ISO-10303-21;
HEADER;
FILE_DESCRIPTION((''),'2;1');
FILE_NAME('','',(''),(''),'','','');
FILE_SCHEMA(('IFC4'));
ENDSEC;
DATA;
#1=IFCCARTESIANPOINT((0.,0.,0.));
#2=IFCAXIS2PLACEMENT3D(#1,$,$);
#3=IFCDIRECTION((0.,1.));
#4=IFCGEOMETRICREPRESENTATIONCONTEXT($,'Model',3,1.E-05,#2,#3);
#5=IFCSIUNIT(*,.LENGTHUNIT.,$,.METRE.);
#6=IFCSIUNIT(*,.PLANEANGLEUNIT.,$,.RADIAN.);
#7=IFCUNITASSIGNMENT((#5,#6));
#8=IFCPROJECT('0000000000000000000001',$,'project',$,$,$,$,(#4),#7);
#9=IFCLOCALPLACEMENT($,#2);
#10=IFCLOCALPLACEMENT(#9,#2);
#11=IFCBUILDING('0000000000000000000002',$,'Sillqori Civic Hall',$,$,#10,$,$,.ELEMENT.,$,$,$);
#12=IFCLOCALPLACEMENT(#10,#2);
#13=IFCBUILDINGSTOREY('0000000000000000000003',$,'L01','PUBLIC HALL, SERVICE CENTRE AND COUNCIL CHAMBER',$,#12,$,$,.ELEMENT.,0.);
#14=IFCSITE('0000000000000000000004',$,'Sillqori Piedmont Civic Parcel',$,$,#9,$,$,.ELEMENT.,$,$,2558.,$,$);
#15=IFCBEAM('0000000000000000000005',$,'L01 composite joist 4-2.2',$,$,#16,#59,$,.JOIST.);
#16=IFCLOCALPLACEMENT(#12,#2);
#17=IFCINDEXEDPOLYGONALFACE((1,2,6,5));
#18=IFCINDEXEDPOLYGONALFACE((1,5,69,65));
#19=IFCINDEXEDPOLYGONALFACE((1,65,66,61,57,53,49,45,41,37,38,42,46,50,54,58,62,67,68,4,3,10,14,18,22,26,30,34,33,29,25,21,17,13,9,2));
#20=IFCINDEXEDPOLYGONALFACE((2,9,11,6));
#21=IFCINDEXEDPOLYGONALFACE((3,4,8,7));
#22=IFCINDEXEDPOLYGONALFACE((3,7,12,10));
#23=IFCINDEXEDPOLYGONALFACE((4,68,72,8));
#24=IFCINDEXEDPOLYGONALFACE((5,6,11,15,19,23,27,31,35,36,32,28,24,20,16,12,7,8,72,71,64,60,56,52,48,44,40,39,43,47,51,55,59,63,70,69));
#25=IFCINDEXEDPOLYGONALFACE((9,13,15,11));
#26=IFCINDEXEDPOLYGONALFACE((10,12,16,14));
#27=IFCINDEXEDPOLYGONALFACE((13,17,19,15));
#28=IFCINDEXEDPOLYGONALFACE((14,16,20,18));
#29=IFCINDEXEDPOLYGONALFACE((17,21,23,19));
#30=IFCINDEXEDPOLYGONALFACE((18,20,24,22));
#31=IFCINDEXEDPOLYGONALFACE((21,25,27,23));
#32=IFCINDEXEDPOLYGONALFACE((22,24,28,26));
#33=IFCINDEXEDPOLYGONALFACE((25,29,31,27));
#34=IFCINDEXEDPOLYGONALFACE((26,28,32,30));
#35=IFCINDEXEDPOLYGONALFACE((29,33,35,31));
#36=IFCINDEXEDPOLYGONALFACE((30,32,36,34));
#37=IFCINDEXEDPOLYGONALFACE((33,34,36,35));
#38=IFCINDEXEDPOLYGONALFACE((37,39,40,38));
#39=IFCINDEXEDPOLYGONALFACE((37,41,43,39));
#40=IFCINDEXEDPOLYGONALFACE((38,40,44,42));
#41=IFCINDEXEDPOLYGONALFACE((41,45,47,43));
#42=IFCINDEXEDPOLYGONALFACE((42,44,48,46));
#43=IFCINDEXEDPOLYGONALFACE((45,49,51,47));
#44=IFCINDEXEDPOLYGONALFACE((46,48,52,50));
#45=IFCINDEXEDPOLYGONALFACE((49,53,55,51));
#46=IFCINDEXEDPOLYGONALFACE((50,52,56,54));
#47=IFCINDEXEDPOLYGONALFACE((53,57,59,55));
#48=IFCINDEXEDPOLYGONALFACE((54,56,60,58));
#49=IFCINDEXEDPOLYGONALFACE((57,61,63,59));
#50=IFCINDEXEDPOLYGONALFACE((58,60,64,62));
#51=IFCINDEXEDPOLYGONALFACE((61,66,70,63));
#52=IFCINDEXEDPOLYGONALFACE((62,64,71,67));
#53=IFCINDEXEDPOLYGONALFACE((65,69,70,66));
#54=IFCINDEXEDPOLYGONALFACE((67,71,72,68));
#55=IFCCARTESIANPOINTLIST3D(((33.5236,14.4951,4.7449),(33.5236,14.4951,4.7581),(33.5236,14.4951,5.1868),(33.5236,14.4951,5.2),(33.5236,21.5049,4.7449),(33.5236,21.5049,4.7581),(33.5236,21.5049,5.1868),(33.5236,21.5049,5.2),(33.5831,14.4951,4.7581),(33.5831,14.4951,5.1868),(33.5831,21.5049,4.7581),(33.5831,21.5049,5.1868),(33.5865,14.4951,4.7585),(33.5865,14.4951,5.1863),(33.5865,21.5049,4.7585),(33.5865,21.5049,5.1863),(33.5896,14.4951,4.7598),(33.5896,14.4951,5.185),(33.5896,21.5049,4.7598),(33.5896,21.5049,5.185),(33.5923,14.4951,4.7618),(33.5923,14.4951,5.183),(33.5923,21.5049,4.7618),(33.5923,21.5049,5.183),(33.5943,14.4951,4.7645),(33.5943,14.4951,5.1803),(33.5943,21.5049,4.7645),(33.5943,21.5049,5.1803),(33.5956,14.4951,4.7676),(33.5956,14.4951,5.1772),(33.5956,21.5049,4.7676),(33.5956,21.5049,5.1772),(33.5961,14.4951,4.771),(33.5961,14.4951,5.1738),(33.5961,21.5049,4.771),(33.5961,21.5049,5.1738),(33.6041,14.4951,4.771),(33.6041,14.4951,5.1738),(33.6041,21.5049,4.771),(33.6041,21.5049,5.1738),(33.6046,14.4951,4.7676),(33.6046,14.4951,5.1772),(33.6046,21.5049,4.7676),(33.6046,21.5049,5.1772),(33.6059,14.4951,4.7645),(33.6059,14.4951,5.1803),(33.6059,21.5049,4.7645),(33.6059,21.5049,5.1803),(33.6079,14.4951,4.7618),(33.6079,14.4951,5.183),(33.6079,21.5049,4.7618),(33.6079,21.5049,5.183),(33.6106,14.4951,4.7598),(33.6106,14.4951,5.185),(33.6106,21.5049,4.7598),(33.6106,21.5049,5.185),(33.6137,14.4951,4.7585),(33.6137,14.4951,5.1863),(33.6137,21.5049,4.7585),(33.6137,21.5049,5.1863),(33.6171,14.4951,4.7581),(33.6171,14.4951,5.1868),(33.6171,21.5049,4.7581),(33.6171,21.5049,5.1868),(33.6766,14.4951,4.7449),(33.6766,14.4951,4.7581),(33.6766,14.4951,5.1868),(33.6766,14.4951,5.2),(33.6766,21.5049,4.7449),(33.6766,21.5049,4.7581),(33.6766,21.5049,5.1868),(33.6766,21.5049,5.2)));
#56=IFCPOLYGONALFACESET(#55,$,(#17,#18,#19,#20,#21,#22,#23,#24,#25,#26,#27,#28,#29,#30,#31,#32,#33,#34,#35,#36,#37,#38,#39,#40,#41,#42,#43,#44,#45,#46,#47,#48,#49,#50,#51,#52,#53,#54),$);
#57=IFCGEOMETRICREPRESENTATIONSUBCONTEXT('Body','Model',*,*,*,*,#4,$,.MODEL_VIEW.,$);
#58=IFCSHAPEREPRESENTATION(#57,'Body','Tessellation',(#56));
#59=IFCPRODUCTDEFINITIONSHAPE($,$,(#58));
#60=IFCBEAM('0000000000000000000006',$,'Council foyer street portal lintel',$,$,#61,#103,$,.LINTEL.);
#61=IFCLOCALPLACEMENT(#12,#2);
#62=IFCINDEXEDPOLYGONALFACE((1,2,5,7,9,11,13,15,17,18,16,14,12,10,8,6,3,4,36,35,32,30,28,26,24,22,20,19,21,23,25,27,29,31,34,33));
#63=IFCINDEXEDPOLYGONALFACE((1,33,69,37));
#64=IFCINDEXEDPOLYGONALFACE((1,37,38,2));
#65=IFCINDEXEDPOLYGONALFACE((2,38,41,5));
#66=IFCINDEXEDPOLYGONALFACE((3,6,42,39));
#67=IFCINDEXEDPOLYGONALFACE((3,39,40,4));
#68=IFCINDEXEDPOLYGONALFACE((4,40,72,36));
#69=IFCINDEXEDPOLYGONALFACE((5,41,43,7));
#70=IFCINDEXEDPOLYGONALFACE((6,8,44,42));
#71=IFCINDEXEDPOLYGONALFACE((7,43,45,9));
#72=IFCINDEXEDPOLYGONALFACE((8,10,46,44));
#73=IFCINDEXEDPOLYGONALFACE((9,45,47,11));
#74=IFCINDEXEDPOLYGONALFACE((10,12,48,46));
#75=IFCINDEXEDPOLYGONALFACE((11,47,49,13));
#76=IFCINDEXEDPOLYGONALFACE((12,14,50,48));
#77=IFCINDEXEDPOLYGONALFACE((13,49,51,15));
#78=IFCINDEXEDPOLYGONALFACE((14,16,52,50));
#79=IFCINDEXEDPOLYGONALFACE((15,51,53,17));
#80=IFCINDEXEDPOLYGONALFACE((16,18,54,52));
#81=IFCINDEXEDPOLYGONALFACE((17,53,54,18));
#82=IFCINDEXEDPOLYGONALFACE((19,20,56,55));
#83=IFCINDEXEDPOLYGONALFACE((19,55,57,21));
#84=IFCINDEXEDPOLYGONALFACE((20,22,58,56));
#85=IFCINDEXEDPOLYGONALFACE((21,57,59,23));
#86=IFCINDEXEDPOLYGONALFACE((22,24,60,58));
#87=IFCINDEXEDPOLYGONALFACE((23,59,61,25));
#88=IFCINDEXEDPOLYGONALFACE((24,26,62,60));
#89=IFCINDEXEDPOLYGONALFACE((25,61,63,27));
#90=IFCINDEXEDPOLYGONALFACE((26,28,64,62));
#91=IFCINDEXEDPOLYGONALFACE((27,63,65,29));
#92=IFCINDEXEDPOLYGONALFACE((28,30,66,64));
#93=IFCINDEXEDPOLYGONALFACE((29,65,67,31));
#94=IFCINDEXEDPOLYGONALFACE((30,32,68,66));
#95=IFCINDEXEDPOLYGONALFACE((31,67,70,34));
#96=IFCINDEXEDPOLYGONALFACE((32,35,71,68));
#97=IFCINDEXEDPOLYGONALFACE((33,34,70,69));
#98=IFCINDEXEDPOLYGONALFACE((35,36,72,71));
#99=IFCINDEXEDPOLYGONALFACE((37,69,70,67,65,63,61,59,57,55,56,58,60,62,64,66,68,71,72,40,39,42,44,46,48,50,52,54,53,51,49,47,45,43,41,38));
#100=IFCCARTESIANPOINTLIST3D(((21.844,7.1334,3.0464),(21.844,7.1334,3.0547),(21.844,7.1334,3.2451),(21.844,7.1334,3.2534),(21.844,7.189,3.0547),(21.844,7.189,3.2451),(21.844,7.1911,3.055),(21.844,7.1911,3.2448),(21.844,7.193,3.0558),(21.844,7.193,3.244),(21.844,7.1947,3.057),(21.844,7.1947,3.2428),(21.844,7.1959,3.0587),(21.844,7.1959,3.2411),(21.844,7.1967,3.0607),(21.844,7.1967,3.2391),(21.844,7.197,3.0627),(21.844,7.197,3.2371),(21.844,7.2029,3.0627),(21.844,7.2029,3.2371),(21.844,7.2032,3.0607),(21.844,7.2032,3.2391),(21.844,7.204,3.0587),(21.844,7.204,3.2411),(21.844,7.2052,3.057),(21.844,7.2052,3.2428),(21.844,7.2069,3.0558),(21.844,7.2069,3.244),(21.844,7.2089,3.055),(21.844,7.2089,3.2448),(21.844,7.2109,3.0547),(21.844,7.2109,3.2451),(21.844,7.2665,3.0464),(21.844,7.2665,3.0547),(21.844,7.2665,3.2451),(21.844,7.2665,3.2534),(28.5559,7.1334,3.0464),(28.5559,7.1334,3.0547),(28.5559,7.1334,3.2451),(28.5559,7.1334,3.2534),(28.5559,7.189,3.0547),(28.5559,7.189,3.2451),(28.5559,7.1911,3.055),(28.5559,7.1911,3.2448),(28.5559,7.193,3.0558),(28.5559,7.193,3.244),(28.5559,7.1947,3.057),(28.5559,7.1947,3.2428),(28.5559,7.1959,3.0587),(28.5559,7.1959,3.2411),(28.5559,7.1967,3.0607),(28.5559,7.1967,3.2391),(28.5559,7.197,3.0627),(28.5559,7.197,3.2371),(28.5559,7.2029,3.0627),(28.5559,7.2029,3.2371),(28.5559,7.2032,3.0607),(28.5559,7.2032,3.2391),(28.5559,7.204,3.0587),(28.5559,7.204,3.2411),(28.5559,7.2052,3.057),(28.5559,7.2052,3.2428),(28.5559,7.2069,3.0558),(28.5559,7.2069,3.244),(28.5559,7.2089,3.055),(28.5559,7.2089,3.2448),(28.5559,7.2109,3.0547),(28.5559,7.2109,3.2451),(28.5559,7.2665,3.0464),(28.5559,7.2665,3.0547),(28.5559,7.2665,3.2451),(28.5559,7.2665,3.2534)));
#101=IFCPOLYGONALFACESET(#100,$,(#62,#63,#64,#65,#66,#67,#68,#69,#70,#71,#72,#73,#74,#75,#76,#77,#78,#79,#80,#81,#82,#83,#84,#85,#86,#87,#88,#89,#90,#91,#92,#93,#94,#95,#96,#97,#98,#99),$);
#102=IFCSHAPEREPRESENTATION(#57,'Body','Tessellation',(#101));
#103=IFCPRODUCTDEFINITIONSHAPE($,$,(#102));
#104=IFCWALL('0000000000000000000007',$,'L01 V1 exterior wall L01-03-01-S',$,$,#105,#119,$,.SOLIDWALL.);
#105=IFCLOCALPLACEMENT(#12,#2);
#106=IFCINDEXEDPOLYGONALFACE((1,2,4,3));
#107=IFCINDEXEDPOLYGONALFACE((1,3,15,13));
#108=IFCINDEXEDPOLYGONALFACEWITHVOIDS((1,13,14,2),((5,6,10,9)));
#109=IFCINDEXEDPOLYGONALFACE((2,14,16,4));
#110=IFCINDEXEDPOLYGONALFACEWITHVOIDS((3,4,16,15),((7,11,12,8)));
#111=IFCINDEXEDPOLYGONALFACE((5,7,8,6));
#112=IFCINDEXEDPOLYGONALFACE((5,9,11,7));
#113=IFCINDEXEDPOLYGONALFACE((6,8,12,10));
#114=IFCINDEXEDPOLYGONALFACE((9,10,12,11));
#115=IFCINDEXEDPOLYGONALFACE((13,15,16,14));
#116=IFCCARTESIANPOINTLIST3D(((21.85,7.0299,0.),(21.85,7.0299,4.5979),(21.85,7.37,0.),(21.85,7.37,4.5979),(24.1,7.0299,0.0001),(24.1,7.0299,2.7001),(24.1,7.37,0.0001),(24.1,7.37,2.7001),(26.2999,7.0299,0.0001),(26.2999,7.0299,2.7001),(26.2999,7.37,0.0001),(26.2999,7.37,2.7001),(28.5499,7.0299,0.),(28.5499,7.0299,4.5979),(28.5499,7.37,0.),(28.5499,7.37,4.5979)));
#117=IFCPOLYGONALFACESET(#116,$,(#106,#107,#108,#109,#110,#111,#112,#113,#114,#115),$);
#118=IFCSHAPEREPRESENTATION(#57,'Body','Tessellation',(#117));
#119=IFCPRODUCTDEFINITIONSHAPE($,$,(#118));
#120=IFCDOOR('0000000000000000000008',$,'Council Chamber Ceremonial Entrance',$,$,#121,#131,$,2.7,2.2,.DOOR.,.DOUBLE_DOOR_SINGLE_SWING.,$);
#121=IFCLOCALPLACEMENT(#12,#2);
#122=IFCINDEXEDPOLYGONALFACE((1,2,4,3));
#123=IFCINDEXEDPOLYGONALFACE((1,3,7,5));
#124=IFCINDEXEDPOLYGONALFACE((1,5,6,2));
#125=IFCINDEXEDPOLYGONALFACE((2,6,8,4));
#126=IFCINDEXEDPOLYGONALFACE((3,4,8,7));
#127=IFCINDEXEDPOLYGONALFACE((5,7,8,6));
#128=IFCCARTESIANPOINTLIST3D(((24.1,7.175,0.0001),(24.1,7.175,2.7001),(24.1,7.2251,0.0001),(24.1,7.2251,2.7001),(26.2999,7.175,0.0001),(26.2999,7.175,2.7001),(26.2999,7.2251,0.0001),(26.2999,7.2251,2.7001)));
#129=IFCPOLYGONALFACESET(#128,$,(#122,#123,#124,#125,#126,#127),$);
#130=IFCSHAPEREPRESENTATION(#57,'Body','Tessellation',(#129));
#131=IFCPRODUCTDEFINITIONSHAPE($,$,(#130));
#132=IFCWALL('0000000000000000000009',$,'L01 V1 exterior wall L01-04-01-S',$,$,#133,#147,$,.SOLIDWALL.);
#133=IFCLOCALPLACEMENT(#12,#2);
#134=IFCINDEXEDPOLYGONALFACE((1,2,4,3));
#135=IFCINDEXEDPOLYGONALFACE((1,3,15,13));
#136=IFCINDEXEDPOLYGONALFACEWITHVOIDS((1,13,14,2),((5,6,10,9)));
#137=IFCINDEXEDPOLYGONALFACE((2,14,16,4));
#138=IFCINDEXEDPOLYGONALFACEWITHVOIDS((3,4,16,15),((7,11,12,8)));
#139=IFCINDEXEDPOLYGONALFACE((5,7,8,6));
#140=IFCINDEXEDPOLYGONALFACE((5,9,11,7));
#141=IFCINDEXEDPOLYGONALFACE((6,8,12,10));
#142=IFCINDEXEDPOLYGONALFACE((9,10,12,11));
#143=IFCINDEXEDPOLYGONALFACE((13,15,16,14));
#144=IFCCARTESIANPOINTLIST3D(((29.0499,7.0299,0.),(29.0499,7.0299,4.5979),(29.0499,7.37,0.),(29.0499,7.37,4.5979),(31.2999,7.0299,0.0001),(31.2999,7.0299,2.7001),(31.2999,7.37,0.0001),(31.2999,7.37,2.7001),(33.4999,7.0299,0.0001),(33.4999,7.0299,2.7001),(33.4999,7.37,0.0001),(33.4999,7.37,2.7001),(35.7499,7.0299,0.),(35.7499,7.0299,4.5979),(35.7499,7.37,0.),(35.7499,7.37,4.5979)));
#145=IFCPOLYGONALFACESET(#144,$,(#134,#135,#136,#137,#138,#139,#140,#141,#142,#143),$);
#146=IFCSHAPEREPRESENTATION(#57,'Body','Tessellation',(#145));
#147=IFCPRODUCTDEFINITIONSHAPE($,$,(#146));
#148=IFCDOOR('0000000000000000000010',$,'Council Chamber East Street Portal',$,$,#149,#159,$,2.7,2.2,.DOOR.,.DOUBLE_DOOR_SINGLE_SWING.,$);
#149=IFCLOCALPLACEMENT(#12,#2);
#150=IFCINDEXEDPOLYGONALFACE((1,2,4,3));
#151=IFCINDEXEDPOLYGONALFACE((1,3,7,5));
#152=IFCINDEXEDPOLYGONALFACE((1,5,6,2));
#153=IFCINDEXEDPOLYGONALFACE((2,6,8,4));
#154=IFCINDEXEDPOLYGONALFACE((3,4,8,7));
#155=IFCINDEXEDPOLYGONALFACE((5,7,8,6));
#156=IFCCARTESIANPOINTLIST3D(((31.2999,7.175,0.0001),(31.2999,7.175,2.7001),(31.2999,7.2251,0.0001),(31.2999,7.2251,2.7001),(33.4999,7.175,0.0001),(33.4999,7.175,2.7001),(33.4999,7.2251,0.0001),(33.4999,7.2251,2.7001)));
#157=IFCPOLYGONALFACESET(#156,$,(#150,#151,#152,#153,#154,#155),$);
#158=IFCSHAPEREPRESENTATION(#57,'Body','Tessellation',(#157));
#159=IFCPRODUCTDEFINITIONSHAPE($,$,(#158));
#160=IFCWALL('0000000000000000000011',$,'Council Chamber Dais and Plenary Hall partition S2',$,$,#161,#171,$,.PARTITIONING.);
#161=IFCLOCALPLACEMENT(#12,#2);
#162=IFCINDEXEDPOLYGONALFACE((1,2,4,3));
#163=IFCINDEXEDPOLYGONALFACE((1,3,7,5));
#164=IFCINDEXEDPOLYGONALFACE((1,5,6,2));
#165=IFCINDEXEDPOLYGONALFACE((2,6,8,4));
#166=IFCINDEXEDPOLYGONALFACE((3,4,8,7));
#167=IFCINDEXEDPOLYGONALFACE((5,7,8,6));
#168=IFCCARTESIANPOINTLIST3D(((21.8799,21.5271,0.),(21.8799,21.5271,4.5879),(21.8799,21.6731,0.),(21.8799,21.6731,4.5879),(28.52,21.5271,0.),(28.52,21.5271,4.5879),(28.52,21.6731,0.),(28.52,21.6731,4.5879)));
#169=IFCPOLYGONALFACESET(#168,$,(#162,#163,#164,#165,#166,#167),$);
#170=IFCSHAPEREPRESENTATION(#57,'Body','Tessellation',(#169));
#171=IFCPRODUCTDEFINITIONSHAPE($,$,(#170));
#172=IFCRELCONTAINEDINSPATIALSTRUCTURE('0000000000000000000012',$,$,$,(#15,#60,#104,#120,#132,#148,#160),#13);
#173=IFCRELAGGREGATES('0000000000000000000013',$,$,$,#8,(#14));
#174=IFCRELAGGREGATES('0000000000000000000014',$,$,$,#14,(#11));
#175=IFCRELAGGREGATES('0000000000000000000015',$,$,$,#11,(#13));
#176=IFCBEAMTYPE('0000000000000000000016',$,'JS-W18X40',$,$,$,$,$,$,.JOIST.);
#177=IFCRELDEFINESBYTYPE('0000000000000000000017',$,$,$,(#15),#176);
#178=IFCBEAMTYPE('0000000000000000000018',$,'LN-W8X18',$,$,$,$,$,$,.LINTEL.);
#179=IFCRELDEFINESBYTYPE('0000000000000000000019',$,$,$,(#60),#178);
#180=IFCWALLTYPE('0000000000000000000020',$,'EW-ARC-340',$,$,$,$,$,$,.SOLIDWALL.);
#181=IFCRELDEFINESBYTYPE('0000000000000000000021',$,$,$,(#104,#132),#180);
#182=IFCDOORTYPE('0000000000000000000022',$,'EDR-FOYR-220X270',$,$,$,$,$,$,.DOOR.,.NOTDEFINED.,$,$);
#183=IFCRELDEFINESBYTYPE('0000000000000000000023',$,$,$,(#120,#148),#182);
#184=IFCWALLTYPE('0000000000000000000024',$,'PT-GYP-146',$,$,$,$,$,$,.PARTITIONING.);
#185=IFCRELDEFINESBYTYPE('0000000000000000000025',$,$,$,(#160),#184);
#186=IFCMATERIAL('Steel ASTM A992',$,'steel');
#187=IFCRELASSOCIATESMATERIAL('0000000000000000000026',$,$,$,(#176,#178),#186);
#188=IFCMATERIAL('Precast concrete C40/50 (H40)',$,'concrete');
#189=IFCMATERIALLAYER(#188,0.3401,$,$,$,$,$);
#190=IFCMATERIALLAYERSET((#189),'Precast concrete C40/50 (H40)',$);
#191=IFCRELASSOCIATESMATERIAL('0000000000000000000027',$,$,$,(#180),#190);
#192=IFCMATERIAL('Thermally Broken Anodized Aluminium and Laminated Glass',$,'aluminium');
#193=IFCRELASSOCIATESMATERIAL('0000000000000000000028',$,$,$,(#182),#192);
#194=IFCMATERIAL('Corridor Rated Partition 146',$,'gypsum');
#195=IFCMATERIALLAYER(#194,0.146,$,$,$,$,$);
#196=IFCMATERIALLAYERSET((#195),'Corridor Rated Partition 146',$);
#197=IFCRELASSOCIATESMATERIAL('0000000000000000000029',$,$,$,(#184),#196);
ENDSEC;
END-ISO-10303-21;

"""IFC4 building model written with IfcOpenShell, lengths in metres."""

from ifc_helpers import new_model, si_unit, direction, frame, frame_2d, origin, origin_2d, place, context, subcontext, project, spatial, rectangle, i_section, extrude, material, layer, layer_set, material_profile, profile_set, type_object, element, fill, save


model = new_model("IFC4")

# Units and contexts
model_context = context("Model", 3, precision=1e-05, world=origin(), true_north=direction((0.0, 1.0)))
body_context = subcontext(model_context, "Body", "Model", "MODEL_VIEW")
ifc_project = project(units=[si_unit("LENGTHUNIT", "METRE"), si_unit("PLANEANGLEUNIT", "RADIAN")], contexts=[model_context])

# Site, building, storey
site_placement = place(None, origin())
site = spatial("IfcSite", under=ifc_project, at=site_placement, Name="Sillqori Piedmont Civic Parcel", CompositionType="ELEMENT", RefElevation=2558.0)
building_placement = place(site_placement, origin())
building = spatial("IfcBuilding", under=site, at=building_placement, Name="Sillqori Civic Hall", CompositionType="ELEMENT")
storey_placement = place(building_placement, origin())
storey = spatial("IfcBuildingStorey", under=building, at=storey_placement, Name="L01", Description="PUBLIC HALL, SERVICE CENTRE AND COUNCIL CHAMBER", CompositionType="ELEMENT", Elevation=0.0)

# Shared definitions
ifc_material_1 = material(Name="Steel ASTM A992", Category="steel")

# Beams
ifc_material_profile_1 = material_profile(ifc_material_1, i_section(OverallWidth=0.1531, OverallDepth=0.4551, WebThickness=0.0081, FlangeThickness=0.0132, FilletRadius=0.0129, at=origin_2d()), Name="W18X40")
ifc_profile_set_1 = profile_set([ifc_material_profile_1], Name="Steel ASTM A992")
beam_type_1 = type_object("IfcBeamType", Name="JS-W18X40", PredefinedType="JOIST", material=ifc_profile_set_1)
for number, where, z_axis, x_axis, name in (
    (1, (33.6001, 14.4951, 4.9724), (0.0, 1.0, 0.0), (-1.0, 0.0, 0.0), "L01 composite joist 4-2.2"),
):
    element("IfcBeam", number, at=place(storey_placement, frame(where, z_axis=z_axis, x_axis=x_axis)), inside=storey, type_object=beam_type_1, Name=name, PredefinedType="JOIST", context=body_context, shape_type="SweptSolid", body=[
        extrude(i_section(OverallWidth=0.1531, OverallDepth=0.4551, WebThickness=0.0081, FlangeThickness=0.0132, FilletRadius=0.0129, at=origin_2d()), origin(), (0.0, 0.0, 1.0), 7.0098),
    ])
ifc_material_profile_2 = material_profile(ifc_material_1, i_section(OverallWidth=0.1331, OverallDepth=0.207, WebThickness=0.0059, FlangeThickness=0.0083, FilletRadius=0.0081, at=origin_2d()), Name="W8X18")
ifc_profile_set_2 = profile_set([ifc_material_profile_2], Name="Steel ASTM A992")
beam_type_2 = type_object("IfcBeamType", Name="LN-W8X18", PredefinedType="LINTEL", material=ifc_profile_set_2)
beam_1_placement = place(storey_placement, frame((21.844, 7.2, 3.1499), z_axis=(1.0, 0.0, 0.0), x_axis=(0.0, 1.0, 0.0)))
element("IfcBeam", 2, at=beam_1_placement, inside=storey, type_object=beam_type_2, Name="Council foyer street portal lintel", PredefinedType="LINTEL", context=body_context, shape_type="SweptSolid", body=[
    extrude(i_section(OverallWidth=0.1331, OverallDepth=0.207, WebThickness=0.0059, FlangeThickness=0.0083, FilletRadius=0.0081, at=origin_2d()), origin(), (0.0, 0.0, 1.0), 6.7119),
])

# Walls, openings, doors
ifc_material_2 = material(Name="Precast concrete C40/50 (H40)", Category="concrete")
ifc_layer_1 = layer(ifc_material_2, 0.3401)
ifc_layer_set_1 = layer_set([ifc_layer_1], Name="Precast concrete C40/50 (H40)")
wall_type_1 = type_object("IfcWallType", Name="EW-ARC-340", PredefinedType="SOLIDWALL", material=ifc_layer_set_1)
wall_1_placement = place(storey_placement, frame((28.55, 7.2, 0.0), z_axis=(0.0, 0.0, 1.0), x_axis=(-1.0, 0.0, 0.0)))
wall_1 = element("IfcWall", 3, at=wall_1_placement, inside=storey, type_object=wall_type_1, Name="L01 V1 exterior wall L01-03-01-S", PredefinedType="SOLIDWALL", context=body_context, shape_type="SweptSolid", body=[
    extrude(rectangle(XDim=6.7, YDim=0.3401, at=frame_2d((3.3501, 0.0))), origin(), (0.0, 0.0, 1.0), 4.5979),
])
opening_1_placement = place(wall_1_placement, frame((2.25, 0.0, 0.0)))
opening_1 = element("IfcOpeningElement", 4, at=opening_1_placement, cuts=wall_1, PredefinedType="OPENING", context=body_context, shape_type="SweptSolid", body=[
    extrude(rectangle(XDim=2.2, YDim=2.7, at=frame_2d((1.1001, 1.3501))), frame((0.0, 0.1799, 0.0), z_axis=(0.0, -1.0, 0.0), x_axis=(1.0, 0.0, 0.0)), (0.0, 0.0, 1.0), 0.3601),
])
ifc_material_3 = material(Name="Thermally Broken Anodized Aluminium and Laminated Glass", Category="aluminium")
door_type = type_object("IfcDoorType", Name="EDR-FOYR-220X270", OperationType="NOTDEFINED", PredefinedType="DOOR", material=ifc_material_3)
door_1_placement = place(opening_1_placement, origin())
door_1 = element("IfcDoor", 5, at=door_1_placement, inside=storey, type_object=door_type, Name="Council Chamber Ceremonial Entrance", OperationType="DOUBLE_DOOR_SINGLE_SWING", OverallHeight=2.7, OverallWidth=2.2, PredefinedType="DOOR", context=body_context, shape_type="SweptSolid", body=[
    extrude(rectangle(XDim=2.2, YDim=2.7, at=frame_2d((1.1001, 1.3501))), frame((0.0, 0.0249, 0.0), z_axis=(0.0, -1.0, 0.0), x_axis=(1.0, 0.0, 0.0)), (0.0, 0.0, 1.0), 0.05),
])
fill(opening_1, door_1)
wall_2_placement = place(storey_placement, frame((35.75, 7.2, 0.0), z_axis=(0.0, 0.0, 1.0), x_axis=(-1.0, 0.0, 0.0)))
wall_2 = element("IfcWall", 6, at=wall_2_placement, inside=storey, type_object=wall_type_1, Name="L01 V1 exterior wall L01-04-01-S", PredefinedType="SOLIDWALL", context=body_context, shape_type="SweptSolid", body=[
    extrude(rectangle(XDim=6.7, YDim=0.3401, at=frame_2d((3.3501, 0.0))), origin(), (0.0, 0.0, 1.0), 4.5979),
])
opening_2_placement = place(wall_2_placement, frame((2.25, 0.0, 0.0)))
opening_2 = element("IfcOpeningElement", 7, at=opening_2_placement, cuts=wall_2, PredefinedType="OPENING", context=body_context, shape_type="SweptSolid", body=[
    extrude(rectangle(XDim=2.2, YDim=2.7, at=frame_2d((1.1001, 1.3501))), frame((0.0, 0.1799, 0.0), z_axis=(0.0, -1.0, 0.0), x_axis=(1.0, 0.0, 0.0)), (0.0, 0.0, 1.0), 0.3601),
])
door_2_placement = place(opening_2_placement, origin())
door_2 = element("IfcDoor", 8, at=door_2_placement, inside=storey, type_object=door_type, Name="Council Chamber East Street Portal", OperationType="DOUBLE_DOOR_SINGLE_SWING", OverallHeight=2.7, OverallWidth=2.2, PredefinedType="DOOR", context=body_context, shape_type="SweptSolid", body=[
    extrude(rectangle(XDim=2.2, YDim=2.7, at=frame_2d((1.1001, 1.3501))), frame((0.0, 0.0249, 0.0), z_axis=(0.0, -1.0, 0.0), x_axis=(1.0, 0.0, 0.0)), (0.0, 0.0, 1.0), 0.05),
])
fill(opening_2, door_2)

# Wall
ifc_material_4 = material(Name="Corridor Rated Partition 146", Category="gypsum")
ifc_layer_2 = layer(ifc_material_4, 0.146)
ifc_layer_set_2 = layer_set([ifc_layer_2], Name="Corridor Rated Partition 146")
wall_type_2 = type_object("IfcWallType", Name="PT-GYP-146", PredefinedType="PARTITIONING", material=ifc_layer_set_2)
wall_3_placement = place(storey_placement, frame((28.52, 21.6001, 0.0), z_axis=(0.0, 0.0, 1.0), x_axis=(-1.0, 0.0, 0.0)))
element("IfcWall", 9, at=wall_3_placement, inside=storey, type_object=wall_type_2, Name="Council Chamber Dais and Plenary Hall partition S2", PredefinedType="PARTITIONING", context=body_context, shape_type="SweptSolid", body=[
    extrude(rectangle(XDim=6.6401, YDim=0.146, at=frame_2d((3.3201, 0.0))), origin(), (0.0, 0.0, 1.0), 4.5879),
])

save(model, "model.ifc")
